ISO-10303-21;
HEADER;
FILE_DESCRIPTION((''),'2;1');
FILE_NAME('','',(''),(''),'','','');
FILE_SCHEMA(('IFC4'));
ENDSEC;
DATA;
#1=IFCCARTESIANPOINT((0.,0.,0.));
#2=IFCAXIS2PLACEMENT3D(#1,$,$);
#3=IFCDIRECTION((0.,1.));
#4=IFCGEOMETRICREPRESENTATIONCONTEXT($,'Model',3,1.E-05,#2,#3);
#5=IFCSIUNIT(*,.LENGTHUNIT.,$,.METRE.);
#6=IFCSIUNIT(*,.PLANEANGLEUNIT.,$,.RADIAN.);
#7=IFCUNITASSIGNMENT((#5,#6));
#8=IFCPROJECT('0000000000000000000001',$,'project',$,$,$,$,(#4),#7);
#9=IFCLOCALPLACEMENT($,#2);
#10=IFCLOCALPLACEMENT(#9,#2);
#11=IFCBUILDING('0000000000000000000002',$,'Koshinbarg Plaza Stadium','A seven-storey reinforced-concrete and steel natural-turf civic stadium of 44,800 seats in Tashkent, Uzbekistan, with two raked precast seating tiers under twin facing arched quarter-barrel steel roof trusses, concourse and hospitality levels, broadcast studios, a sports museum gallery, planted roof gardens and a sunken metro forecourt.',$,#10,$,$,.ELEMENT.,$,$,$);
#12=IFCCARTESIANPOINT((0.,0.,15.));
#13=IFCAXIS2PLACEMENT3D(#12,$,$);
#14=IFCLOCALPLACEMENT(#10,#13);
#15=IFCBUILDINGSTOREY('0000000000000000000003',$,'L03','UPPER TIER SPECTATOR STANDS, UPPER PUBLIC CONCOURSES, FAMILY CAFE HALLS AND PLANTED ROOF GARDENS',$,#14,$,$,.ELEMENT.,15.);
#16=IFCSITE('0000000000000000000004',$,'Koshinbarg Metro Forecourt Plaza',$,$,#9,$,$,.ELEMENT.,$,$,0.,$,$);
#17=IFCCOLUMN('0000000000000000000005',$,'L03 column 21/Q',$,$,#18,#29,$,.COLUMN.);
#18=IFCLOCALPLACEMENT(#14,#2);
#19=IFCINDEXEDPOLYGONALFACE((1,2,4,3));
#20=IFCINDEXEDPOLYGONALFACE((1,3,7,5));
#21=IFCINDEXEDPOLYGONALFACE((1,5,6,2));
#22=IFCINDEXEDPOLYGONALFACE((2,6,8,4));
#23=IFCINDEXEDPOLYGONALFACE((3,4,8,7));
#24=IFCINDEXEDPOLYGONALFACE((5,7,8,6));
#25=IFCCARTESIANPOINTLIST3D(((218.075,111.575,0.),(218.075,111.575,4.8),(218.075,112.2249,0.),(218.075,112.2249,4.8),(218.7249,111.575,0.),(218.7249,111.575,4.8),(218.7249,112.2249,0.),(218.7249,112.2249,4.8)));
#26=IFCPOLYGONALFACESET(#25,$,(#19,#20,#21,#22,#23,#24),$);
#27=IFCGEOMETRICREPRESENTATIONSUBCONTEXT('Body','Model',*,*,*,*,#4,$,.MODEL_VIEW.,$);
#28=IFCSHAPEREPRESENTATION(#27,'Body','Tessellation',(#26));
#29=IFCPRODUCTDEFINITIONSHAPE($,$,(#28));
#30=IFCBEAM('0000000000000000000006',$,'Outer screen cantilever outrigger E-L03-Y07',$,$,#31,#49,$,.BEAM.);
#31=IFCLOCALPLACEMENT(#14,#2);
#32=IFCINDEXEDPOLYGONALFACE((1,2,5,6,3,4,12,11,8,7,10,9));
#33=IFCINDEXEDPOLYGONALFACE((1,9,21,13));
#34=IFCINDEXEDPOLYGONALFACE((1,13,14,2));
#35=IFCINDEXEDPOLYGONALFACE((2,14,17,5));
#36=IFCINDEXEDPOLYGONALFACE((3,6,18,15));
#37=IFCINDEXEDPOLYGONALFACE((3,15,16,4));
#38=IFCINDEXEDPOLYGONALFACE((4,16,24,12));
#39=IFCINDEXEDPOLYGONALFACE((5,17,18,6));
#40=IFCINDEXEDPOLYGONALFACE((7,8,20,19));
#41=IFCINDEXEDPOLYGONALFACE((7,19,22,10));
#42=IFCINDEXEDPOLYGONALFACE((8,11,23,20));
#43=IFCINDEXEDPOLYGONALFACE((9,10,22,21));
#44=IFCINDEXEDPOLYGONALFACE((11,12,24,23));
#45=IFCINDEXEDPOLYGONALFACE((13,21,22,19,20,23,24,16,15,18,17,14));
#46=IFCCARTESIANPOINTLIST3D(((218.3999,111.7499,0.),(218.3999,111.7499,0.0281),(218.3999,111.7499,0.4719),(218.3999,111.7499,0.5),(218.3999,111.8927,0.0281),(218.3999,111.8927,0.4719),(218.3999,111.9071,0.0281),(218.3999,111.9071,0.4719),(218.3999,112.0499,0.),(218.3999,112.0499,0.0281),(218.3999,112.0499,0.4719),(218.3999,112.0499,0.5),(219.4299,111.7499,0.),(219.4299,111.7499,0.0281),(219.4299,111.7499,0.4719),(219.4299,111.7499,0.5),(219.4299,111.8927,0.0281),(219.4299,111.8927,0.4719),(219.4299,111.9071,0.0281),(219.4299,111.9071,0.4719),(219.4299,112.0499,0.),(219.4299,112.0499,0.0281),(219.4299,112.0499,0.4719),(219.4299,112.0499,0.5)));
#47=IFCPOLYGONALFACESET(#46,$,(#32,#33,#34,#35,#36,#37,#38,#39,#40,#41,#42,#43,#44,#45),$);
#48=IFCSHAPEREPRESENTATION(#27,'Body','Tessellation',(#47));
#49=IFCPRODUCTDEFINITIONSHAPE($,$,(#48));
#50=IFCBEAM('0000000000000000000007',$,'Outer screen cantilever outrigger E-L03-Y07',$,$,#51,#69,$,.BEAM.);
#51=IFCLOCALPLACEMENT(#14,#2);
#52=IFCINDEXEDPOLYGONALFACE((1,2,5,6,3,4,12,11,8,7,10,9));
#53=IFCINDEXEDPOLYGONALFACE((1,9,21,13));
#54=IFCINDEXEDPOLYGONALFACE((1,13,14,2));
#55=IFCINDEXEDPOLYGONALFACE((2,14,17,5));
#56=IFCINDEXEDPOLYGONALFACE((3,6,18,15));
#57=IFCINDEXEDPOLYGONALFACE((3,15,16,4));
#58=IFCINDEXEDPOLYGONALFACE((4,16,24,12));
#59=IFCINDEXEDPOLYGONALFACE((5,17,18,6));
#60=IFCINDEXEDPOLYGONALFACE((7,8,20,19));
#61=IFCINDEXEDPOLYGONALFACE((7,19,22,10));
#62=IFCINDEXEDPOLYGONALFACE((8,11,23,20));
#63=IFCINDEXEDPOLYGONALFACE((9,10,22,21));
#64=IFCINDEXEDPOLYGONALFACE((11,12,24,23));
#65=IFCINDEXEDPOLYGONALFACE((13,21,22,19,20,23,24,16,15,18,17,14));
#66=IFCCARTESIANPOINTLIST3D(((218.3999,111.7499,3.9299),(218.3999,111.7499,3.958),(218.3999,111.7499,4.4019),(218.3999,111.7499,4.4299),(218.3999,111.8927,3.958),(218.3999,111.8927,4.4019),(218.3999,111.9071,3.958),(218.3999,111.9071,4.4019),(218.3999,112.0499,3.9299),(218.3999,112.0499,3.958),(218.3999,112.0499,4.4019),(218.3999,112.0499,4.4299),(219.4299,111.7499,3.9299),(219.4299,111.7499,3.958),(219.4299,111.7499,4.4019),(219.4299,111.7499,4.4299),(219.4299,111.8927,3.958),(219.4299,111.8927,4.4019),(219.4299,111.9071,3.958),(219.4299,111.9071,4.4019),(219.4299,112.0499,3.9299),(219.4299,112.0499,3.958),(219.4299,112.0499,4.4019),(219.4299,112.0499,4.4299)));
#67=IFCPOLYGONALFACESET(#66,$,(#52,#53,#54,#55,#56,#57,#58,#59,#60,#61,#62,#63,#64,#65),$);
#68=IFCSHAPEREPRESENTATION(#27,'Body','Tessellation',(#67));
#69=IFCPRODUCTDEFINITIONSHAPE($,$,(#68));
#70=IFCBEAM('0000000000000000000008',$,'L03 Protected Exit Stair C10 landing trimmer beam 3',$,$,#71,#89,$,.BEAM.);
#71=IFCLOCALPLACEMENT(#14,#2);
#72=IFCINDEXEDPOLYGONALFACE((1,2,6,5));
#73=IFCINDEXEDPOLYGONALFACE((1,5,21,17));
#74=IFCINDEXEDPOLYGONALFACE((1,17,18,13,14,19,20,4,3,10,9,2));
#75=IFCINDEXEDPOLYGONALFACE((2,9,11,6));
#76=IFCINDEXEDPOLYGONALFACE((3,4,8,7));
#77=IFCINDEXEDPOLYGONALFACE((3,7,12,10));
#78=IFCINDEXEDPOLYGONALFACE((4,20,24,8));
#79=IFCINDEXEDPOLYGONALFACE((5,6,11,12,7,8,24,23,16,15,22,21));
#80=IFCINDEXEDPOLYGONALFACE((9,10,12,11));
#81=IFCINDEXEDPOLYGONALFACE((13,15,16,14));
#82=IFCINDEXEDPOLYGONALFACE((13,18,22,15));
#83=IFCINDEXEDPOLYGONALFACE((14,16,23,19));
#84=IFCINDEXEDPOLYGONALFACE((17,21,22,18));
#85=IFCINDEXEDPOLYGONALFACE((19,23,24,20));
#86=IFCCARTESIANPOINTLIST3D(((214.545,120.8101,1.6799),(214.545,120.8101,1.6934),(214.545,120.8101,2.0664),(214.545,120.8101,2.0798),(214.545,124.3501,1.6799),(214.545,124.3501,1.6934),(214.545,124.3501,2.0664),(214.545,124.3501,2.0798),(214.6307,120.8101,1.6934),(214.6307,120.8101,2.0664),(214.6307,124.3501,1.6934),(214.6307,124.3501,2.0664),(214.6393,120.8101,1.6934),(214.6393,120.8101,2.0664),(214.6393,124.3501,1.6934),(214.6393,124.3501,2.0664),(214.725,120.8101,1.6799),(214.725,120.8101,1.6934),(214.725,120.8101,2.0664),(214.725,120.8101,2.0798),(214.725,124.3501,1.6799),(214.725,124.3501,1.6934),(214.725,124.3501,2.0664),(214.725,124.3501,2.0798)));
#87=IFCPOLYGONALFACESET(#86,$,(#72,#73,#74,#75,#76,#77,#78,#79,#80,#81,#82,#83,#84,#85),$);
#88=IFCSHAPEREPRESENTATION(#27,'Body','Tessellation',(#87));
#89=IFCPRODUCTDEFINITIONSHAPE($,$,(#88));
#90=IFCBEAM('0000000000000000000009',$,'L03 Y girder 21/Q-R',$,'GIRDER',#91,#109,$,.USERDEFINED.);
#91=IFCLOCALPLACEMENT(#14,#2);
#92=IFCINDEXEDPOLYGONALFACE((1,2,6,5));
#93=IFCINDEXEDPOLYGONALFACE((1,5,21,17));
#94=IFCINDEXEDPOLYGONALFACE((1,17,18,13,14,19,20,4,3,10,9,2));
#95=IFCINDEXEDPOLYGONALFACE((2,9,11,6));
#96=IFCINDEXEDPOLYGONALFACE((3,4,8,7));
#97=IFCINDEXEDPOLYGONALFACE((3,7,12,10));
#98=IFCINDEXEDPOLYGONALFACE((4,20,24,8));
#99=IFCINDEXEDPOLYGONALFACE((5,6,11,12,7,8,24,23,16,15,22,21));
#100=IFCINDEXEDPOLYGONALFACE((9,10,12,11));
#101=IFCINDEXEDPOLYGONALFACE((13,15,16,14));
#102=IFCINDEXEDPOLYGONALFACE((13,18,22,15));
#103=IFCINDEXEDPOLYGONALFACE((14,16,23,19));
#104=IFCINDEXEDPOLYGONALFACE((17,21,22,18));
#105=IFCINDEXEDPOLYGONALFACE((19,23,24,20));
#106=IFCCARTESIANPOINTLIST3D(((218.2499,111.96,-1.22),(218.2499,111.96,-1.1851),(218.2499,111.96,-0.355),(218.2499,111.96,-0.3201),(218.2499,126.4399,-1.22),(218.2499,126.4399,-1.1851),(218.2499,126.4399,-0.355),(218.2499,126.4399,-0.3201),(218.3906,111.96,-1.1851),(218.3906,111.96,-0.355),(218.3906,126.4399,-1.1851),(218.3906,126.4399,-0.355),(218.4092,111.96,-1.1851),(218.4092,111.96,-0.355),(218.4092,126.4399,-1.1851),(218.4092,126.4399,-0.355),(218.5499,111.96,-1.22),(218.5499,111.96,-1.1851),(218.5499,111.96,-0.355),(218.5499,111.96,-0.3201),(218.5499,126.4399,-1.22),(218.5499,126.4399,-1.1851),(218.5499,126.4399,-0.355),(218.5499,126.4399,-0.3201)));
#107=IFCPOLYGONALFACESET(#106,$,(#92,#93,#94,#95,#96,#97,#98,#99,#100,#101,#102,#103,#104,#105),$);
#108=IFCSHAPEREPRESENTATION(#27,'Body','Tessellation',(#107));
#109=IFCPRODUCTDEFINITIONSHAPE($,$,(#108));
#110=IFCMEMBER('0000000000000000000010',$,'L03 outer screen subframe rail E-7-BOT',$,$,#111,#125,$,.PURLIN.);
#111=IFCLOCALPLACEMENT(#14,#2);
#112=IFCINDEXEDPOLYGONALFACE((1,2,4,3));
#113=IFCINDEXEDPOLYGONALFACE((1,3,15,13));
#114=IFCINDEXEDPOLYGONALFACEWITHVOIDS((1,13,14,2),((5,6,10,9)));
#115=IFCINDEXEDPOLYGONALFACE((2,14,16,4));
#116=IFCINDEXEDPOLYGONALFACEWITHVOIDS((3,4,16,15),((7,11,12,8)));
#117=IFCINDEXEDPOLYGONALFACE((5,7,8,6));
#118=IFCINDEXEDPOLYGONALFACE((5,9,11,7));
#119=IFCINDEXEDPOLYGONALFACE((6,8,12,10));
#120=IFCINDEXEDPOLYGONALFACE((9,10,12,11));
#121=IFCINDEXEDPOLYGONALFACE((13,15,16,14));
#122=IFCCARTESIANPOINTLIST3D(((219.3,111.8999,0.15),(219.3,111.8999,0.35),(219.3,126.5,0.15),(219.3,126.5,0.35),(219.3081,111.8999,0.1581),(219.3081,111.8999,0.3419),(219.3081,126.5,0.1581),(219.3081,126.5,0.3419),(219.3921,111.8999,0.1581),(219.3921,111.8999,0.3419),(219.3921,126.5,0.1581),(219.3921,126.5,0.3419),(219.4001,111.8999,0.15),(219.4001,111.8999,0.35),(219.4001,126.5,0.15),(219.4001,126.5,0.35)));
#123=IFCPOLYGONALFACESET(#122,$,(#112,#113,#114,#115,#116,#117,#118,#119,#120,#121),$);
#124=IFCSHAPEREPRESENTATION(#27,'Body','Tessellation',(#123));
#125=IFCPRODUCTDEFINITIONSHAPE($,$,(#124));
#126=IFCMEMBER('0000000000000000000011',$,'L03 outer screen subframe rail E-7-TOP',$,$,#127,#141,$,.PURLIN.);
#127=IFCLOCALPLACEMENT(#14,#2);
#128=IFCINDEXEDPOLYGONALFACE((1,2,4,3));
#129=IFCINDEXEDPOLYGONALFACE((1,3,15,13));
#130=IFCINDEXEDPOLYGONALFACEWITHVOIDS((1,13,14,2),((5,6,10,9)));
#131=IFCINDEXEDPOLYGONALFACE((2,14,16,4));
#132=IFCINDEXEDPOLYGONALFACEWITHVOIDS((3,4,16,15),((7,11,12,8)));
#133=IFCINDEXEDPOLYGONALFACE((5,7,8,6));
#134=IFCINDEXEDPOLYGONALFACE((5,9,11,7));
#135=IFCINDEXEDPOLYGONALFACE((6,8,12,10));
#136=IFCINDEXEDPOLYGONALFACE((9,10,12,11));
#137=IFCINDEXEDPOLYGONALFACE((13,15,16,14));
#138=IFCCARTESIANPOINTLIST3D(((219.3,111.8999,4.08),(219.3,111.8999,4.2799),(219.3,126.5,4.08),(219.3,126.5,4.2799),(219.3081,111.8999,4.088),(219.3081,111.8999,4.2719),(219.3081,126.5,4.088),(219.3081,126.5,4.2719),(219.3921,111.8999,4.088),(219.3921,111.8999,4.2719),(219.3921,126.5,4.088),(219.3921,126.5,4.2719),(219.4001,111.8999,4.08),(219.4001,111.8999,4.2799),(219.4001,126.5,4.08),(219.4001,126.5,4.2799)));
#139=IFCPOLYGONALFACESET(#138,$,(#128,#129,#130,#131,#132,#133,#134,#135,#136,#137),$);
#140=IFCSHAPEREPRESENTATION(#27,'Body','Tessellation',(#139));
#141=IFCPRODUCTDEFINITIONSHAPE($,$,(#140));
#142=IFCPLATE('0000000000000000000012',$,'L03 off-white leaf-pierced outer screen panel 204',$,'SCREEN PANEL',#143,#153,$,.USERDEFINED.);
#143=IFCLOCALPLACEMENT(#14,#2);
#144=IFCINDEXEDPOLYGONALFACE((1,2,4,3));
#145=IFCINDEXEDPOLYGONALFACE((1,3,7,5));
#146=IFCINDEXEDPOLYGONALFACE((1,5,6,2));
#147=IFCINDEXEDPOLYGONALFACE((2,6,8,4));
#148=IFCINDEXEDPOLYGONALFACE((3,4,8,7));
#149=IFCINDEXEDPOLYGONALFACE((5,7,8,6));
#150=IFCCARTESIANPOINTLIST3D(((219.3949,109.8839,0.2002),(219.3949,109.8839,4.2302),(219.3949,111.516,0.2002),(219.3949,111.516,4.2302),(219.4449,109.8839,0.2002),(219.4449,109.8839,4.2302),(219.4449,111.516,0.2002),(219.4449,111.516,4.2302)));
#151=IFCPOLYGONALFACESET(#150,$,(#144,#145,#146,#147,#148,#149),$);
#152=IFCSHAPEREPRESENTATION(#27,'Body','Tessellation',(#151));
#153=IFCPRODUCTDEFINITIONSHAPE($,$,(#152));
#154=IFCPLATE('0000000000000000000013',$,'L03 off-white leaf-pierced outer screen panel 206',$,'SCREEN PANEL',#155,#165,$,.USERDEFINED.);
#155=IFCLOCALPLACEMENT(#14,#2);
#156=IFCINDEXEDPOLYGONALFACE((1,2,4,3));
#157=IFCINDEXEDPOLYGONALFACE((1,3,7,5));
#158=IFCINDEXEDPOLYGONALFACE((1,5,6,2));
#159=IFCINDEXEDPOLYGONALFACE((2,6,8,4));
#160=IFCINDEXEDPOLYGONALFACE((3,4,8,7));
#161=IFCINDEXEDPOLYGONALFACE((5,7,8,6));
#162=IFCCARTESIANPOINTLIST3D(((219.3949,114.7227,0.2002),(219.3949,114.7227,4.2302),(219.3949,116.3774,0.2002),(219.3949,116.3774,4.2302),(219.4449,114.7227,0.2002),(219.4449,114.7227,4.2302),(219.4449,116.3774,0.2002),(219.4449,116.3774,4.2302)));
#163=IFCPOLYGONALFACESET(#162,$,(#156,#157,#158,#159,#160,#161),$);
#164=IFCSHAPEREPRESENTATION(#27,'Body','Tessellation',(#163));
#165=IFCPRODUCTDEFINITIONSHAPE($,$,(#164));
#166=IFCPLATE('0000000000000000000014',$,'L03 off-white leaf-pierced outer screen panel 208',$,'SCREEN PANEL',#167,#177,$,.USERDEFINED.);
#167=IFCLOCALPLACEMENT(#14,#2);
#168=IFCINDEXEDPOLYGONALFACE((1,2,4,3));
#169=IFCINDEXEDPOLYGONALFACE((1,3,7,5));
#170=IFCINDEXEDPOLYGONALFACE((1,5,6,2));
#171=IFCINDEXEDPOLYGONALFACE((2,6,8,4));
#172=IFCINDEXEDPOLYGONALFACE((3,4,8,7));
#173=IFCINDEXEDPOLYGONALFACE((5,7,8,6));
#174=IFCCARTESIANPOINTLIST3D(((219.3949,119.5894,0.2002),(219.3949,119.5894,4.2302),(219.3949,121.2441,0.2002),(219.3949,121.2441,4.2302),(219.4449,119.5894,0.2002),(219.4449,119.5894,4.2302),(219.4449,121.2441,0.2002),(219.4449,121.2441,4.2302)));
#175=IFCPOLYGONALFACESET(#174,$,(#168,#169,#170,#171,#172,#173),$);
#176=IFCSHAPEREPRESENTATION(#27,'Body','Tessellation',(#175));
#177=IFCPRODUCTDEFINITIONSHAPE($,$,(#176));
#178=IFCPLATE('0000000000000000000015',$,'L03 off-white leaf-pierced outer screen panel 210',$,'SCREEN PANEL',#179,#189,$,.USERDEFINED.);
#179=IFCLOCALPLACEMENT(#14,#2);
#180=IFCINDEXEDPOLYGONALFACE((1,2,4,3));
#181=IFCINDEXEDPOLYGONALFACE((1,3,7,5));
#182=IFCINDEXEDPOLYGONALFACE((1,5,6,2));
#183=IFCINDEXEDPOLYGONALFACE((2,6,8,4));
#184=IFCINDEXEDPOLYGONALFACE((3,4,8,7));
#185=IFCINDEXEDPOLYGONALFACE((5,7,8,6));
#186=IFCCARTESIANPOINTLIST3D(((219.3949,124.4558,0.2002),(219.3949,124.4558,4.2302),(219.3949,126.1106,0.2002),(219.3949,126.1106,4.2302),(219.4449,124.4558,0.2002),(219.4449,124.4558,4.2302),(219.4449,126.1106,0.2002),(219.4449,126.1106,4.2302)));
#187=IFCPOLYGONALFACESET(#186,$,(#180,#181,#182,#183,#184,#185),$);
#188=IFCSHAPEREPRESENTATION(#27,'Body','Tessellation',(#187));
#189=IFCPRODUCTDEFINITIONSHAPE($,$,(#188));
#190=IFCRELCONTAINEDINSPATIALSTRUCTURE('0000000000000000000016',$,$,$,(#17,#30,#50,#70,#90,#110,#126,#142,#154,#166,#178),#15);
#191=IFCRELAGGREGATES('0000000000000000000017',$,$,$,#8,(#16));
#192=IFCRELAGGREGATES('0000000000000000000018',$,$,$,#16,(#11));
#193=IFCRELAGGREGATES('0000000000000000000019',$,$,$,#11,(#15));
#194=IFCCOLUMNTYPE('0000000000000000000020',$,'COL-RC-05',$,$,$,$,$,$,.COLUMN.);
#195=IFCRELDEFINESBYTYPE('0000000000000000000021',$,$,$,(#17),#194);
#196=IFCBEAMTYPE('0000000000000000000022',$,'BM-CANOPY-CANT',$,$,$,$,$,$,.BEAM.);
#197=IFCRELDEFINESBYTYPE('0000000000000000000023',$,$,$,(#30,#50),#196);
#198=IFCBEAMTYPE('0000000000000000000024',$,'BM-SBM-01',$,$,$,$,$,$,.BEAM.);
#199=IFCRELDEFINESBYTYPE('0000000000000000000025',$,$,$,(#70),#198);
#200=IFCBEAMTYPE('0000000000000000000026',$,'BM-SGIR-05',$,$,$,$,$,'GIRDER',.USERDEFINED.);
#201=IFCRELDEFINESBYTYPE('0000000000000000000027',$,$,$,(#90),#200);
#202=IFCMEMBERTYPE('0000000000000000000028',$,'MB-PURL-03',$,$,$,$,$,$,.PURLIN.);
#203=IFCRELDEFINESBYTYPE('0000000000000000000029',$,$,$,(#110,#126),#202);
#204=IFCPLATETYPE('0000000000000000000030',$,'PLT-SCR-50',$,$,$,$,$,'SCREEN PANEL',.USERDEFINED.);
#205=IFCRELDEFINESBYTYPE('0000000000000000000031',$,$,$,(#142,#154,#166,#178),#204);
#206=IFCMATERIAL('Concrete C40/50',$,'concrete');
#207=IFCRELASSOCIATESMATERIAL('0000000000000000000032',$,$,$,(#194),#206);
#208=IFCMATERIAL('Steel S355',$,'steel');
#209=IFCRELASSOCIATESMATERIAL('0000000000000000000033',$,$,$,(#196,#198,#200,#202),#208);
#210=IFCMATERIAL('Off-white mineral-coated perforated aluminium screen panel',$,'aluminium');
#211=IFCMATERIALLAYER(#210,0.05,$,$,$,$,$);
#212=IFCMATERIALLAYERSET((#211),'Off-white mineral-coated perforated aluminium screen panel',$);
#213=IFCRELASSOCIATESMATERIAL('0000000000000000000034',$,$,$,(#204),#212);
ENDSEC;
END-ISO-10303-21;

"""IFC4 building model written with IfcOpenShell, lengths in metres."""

from ifc_helpers import new_model, si_unit, direction, frame, origin, origin_2d, place, context, subcontext, project, spatial, rectangle, hollow_rectangle, i_section, extrude, material, layer, layer_set, material_profile, profile_set, type_object, element, save


model = new_model("IFC4")

# Units and contexts
model_context = context("Model", 3, precision=1e-05, world=origin(), true_north=direction((0.0, 1.0)))
body_context = subcontext(model_context, "Body", "Model", "MODEL_VIEW")
ifc_project = project(units=[si_unit("LENGTHUNIT", "METRE"), si_unit("PLANEANGLEUNIT", "RADIAN")], contexts=[model_context])

# Site, building, storey
site_placement = place(None, origin())
site = spatial("IfcSite", under=ifc_project, at=site_placement, Name="Koshinbarg Metro Forecourt Plaza", CompositionType="ELEMENT", RefElevation=0.0)
building_placement = place(site_placement, origin())
building = spatial("IfcBuilding", under=site, at=building_placement, Name="Koshinbarg Plaza Stadium", Description="A seven-storey reinforced-concrete and steel natural-turf civic stadium of 44,800 seats in Tashkent, Uzbekistan, with two raked precast seating tiers under twin facing arched quarter-barrel steel roof trusses, concourse and hospitality levels, broadcast studios, a sports museum gallery, planted roof gardens and a sunken metro forecourt.", CompositionType="ELEMENT")
storey_placement = place(building_placement, frame((0.0, 0.0, 15.0)))
storey = spatial("IfcBuildingStorey", under=building, at=storey_placement, Name="L03", Description="UPPER TIER SPECTATOR STANDS, UPPER PUBLIC CONCOURSES, FAMILY CAFE HALLS AND PLANTED ROOF GARDENS", CompositionType="ELEMENT", Elevation=15.0)

# Column
ifc_material_1 = material(Name="Concrete C40/50", Category="concrete")
ifc_material_profile_1 = material_profile(ifc_material_1, rectangle(XDim=0.6499, YDim=0.6499, at=origin_2d()), Name="RC 650x650")
ifc_profile_set_1 = profile_set([ifc_material_profile_1], Name="Concrete C40/50")
column_type = type_object("IfcColumnType", Name="COL-RC-05", PredefinedType="COLUMN", material=ifc_profile_set_1)
column_placement = place(storey_placement, frame((218.3999, 111.8999, 0.0), z_axis=(0.0, 0.0, 1.0), x_axis=(1.0, 0.0, 0.0)))
element("IfcColumn", 1, at=column_placement, inside=storey, type_object=column_type, Name="L03 column 21/Q", PredefinedType="COLUMN", context=body_context, shape_type="SweptSolid", body=[
    extrude(rectangle(XDim=0.6499, YDim=0.6499, at=origin_2d()), origin(), (0.0, 0.0, 1.0), 4.8),
])

# Beams
ifc_material_2 = material(Name="Steel S355", Category="steel")
ifc_material_profile_2 = material_profile(ifc_material_2, i_section(OverallWidth=0.3, OverallDepth=0.5, WebThickness=0.0144, FlangeThickness=0.0281, at=origin_2d()), Name="HEB 500")
ifc_profile_set_2 = profile_set([ifc_material_profile_2], Name="Steel S355")
beam_type_1 = type_object("IfcBeamType", Name="BM-CANOPY-CANT", PredefinedType="BEAM", material=ifc_profile_set_2)
for number, where, z_axis, x_axis, name in (
    (2, (218.3999, 111.8999, 0.25), (1.0, 0.0, 0.0), (0.0, 1.0, 0.0), "Outer screen cantilever outrigger E-L03-Y07"),
    (3, (218.3999, 111.8999, 4.1799), (1.0, 0.0, 0.0), (0.0, 1.0, 0.0), "Outer screen cantilever outrigger E-L03-Y07"),
):
    element("IfcBeam", number, at=place(storey_placement, frame(where, z_axis=z_axis, x_axis=x_axis)), inside=storey, type_object=beam_type_1, Name=name, PredefinedType="BEAM", context=body_context, shape_type="SweptSolid", body=[
        extrude(i_section(OverallWidth=0.3, OverallDepth=0.5, WebThickness=0.0144, FlangeThickness=0.0281, at=origin_2d()), origin(), (0.0, 0.0, 1.0), 1.03),
    ])
ifc_material_profile_3 = material_profile(ifc_material_2, i_section(OverallWidth=0.1799, OverallDepth=0.3999, WebThickness=0.0085, FlangeThickness=0.0134, at=origin_2d()), Name="IPE 400")
ifc_profile_set_3 = profile_set([ifc_material_profile_3], Name="Steel S355")
beam_type_2 = type_object("IfcBeamType", Name="BM-SBM-01", PredefinedType="BEAM", material=ifc_profile_set_3)
beam_1_placement = place(storey_placement, frame((214.635, 120.8101, 1.8799), z_axis=(0.0, 1.0, 0.0), x_axis=(-1.0, 0.0, 0.0)))
element("IfcBeam", 4, at=beam_1_placement, inside=storey, type_object=beam_type_2, Name="L03 Protected Exit Stair C10 landing trimmer beam 3", PredefinedType="BEAM", context=body_context, shape_type="SweptSolid", body=[
    extrude(i_section(OverallWidth=0.1799, OverallDepth=0.3999, WebThickness=0.0085, FlangeThickness=0.0134, at=origin_2d()), origin(), (0.0, 0.0, 1.0), 3.54),
])
ifc_material_profile_4 = material_profile(ifc_material_2, i_section(OverallWidth=0.3, OverallDepth=0.8999, WebThickness=0.0186, FlangeThickness=0.0349, at=origin_2d()), Name="HEB 900")
ifc_profile_set_4 = profile_set([ifc_material_profile_4], Name="Steel S355")
beam_type_3 = type_object("IfcBeamType", Name="BM-SGIR-05", ElementType="GIRDER", PredefinedType="USERDEFINED", material=ifc_profile_set_4)
beam_2_placement = place(storey_placement, frame((218.3999, 111.96, -0.77), z_axis=(0.0, 1.0, 0.0), x_axis=(-1.0, 0.0, 0.0)))
element("IfcBeam", 5, at=beam_2_placement, inside=storey, type_object=beam_type_3, Name="L03 Y girder 21/Q-R", ObjectType="GIRDER", PredefinedType="USERDEFINED", context=body_context, shape_type="SweptSolid", body=[
    extrude(i_section(OverallWidth=0.3, OverallDepth=0.8999, WebThickness=0.0186, FlangeThickness=0.0349, at=origin_2d()), origin(), (0.0, 0.0, 1.0), 14.48),
])

# Members
ifc_material_profile_5 = material_profile(ifc_material_2, hollow_rectangle(XDim=0.1001, YDim=0.2, WallThickness=0.0081, at=origin_2d()), Name="RHS 200x100x8")
ifc_profile_set_5 = profile_set([ifc_material_profile_5], Name="Steel S355")
member_type = type_object("IfcMemberType", Name="MB-PURL-03", PredefinedType="PURLIN", material=ifc_profile_set_5)
for number, where, z_axis, x_axis, name in (
    (6, (219.3501, 111.8999, 0.25), (0.0, 1.0, 0.0), (-1.0, 0.0, 0.0), "L03 outer screen subframe rail E-7-BOT"),
    (7, (219.3501, 111.8999, 4.1799), (0.0, 1.0, 0.0), (-1.0, 0.0, 0.0), "L03 outer screen subframe rail E-7-TOP"),
):
    element("IfcMember", number, at=place(storey_placement, frame(where, z_axis=z_axis, x_axis=x_axis)), inside=storey, type_object=member_type, Name=name, PredefinedType="PURLIN", context=body_context, shape_type="SweptSolid", body=[
        extrude(hollow_rectangle(XDim=0.1001, YDim=0.2, WallThickness=0.0081, at=origin_2d()), origin(), (0.0, 0.0, 1.0), 14.6001),
    ])

# Plates
ifc_material_3 = material(Name="Off-white mineral-coated perforated aluminium screen panel", Category="aluminium")
ifc_layer_1 = layer(ifc_material_3, 0.05)
ifc_layer_set_1 = layer_set([ifc_layer_1], Name="Off-white mineral-coated perforated aluminium screen panel")
plate_type_1 = type_object("IfcPlateType", Name="PLT-SCR-50", ElementType="SCREEN PANEL", PredefinedType="USERDEFINED", material=ifc_layer_set_1)
plate_1_placement = place(storey_placement, frame((219.4199, 110.7, 0.2002), z_axis=(0.0, 0.0, 1.0), x_axis=(1.0, 0.0, 0.0)))
element("IfcPlate", 8, at=plate_1_placement, inside=storey, type_object=plate_type_1, Name="L03 off-white leaf-pierced outer screen panel 204", ObjectType="SCREEN PANEL", PredefinedType="USERDEFINED", context=body_context, shape_type="SweptSolid", body=[
    extrude(rectangle(XDim=0.05, YDim=1.6321, at=origin_2d()), origin(), (0.0, 0.0, 1.0), 4.03),
])
for number, where, z_axis, x_axis, name in (
    (9, (219.4199, 115.55, 0.2002), (0.0, 0.0, 1.0), (1.0, 0.0, 0.0), "L03 off-white leaf-pierced outer screen panel 206"),
    (10, (219.4199, 120.4167, 0.2002), (0.0, 0.0, 1.0), (1.0, 0.0, 0.0), "L03 off-white leaf-pierced outer screen panel 208"),
    (11, (219.4199, 125.2832, 0.2002), (0.0, 0.0, 1.0), (1.0, 0.0, 0.0), "L03 off-white leaf-pierced outer screen panel 210"),
):
    element("IfcPlate", number, at=place(storey_placement, frame(where, z_axis=z_axis, x_axis=x_axis)), inside=storey, type_object=plate_type_1, Name=name, ObjectType="SCREEN PANEL", PredefinedType="USERDEFINED", context=body_context, shape_type="SweptSolid", body=[
        extrude(rectangle(XDim=0.05, YDim=1.6548, at=origin_2d()), origin(), (0.0, 0.0, 1.0), 4.03),
    ])

save(model, "model.ifc")
